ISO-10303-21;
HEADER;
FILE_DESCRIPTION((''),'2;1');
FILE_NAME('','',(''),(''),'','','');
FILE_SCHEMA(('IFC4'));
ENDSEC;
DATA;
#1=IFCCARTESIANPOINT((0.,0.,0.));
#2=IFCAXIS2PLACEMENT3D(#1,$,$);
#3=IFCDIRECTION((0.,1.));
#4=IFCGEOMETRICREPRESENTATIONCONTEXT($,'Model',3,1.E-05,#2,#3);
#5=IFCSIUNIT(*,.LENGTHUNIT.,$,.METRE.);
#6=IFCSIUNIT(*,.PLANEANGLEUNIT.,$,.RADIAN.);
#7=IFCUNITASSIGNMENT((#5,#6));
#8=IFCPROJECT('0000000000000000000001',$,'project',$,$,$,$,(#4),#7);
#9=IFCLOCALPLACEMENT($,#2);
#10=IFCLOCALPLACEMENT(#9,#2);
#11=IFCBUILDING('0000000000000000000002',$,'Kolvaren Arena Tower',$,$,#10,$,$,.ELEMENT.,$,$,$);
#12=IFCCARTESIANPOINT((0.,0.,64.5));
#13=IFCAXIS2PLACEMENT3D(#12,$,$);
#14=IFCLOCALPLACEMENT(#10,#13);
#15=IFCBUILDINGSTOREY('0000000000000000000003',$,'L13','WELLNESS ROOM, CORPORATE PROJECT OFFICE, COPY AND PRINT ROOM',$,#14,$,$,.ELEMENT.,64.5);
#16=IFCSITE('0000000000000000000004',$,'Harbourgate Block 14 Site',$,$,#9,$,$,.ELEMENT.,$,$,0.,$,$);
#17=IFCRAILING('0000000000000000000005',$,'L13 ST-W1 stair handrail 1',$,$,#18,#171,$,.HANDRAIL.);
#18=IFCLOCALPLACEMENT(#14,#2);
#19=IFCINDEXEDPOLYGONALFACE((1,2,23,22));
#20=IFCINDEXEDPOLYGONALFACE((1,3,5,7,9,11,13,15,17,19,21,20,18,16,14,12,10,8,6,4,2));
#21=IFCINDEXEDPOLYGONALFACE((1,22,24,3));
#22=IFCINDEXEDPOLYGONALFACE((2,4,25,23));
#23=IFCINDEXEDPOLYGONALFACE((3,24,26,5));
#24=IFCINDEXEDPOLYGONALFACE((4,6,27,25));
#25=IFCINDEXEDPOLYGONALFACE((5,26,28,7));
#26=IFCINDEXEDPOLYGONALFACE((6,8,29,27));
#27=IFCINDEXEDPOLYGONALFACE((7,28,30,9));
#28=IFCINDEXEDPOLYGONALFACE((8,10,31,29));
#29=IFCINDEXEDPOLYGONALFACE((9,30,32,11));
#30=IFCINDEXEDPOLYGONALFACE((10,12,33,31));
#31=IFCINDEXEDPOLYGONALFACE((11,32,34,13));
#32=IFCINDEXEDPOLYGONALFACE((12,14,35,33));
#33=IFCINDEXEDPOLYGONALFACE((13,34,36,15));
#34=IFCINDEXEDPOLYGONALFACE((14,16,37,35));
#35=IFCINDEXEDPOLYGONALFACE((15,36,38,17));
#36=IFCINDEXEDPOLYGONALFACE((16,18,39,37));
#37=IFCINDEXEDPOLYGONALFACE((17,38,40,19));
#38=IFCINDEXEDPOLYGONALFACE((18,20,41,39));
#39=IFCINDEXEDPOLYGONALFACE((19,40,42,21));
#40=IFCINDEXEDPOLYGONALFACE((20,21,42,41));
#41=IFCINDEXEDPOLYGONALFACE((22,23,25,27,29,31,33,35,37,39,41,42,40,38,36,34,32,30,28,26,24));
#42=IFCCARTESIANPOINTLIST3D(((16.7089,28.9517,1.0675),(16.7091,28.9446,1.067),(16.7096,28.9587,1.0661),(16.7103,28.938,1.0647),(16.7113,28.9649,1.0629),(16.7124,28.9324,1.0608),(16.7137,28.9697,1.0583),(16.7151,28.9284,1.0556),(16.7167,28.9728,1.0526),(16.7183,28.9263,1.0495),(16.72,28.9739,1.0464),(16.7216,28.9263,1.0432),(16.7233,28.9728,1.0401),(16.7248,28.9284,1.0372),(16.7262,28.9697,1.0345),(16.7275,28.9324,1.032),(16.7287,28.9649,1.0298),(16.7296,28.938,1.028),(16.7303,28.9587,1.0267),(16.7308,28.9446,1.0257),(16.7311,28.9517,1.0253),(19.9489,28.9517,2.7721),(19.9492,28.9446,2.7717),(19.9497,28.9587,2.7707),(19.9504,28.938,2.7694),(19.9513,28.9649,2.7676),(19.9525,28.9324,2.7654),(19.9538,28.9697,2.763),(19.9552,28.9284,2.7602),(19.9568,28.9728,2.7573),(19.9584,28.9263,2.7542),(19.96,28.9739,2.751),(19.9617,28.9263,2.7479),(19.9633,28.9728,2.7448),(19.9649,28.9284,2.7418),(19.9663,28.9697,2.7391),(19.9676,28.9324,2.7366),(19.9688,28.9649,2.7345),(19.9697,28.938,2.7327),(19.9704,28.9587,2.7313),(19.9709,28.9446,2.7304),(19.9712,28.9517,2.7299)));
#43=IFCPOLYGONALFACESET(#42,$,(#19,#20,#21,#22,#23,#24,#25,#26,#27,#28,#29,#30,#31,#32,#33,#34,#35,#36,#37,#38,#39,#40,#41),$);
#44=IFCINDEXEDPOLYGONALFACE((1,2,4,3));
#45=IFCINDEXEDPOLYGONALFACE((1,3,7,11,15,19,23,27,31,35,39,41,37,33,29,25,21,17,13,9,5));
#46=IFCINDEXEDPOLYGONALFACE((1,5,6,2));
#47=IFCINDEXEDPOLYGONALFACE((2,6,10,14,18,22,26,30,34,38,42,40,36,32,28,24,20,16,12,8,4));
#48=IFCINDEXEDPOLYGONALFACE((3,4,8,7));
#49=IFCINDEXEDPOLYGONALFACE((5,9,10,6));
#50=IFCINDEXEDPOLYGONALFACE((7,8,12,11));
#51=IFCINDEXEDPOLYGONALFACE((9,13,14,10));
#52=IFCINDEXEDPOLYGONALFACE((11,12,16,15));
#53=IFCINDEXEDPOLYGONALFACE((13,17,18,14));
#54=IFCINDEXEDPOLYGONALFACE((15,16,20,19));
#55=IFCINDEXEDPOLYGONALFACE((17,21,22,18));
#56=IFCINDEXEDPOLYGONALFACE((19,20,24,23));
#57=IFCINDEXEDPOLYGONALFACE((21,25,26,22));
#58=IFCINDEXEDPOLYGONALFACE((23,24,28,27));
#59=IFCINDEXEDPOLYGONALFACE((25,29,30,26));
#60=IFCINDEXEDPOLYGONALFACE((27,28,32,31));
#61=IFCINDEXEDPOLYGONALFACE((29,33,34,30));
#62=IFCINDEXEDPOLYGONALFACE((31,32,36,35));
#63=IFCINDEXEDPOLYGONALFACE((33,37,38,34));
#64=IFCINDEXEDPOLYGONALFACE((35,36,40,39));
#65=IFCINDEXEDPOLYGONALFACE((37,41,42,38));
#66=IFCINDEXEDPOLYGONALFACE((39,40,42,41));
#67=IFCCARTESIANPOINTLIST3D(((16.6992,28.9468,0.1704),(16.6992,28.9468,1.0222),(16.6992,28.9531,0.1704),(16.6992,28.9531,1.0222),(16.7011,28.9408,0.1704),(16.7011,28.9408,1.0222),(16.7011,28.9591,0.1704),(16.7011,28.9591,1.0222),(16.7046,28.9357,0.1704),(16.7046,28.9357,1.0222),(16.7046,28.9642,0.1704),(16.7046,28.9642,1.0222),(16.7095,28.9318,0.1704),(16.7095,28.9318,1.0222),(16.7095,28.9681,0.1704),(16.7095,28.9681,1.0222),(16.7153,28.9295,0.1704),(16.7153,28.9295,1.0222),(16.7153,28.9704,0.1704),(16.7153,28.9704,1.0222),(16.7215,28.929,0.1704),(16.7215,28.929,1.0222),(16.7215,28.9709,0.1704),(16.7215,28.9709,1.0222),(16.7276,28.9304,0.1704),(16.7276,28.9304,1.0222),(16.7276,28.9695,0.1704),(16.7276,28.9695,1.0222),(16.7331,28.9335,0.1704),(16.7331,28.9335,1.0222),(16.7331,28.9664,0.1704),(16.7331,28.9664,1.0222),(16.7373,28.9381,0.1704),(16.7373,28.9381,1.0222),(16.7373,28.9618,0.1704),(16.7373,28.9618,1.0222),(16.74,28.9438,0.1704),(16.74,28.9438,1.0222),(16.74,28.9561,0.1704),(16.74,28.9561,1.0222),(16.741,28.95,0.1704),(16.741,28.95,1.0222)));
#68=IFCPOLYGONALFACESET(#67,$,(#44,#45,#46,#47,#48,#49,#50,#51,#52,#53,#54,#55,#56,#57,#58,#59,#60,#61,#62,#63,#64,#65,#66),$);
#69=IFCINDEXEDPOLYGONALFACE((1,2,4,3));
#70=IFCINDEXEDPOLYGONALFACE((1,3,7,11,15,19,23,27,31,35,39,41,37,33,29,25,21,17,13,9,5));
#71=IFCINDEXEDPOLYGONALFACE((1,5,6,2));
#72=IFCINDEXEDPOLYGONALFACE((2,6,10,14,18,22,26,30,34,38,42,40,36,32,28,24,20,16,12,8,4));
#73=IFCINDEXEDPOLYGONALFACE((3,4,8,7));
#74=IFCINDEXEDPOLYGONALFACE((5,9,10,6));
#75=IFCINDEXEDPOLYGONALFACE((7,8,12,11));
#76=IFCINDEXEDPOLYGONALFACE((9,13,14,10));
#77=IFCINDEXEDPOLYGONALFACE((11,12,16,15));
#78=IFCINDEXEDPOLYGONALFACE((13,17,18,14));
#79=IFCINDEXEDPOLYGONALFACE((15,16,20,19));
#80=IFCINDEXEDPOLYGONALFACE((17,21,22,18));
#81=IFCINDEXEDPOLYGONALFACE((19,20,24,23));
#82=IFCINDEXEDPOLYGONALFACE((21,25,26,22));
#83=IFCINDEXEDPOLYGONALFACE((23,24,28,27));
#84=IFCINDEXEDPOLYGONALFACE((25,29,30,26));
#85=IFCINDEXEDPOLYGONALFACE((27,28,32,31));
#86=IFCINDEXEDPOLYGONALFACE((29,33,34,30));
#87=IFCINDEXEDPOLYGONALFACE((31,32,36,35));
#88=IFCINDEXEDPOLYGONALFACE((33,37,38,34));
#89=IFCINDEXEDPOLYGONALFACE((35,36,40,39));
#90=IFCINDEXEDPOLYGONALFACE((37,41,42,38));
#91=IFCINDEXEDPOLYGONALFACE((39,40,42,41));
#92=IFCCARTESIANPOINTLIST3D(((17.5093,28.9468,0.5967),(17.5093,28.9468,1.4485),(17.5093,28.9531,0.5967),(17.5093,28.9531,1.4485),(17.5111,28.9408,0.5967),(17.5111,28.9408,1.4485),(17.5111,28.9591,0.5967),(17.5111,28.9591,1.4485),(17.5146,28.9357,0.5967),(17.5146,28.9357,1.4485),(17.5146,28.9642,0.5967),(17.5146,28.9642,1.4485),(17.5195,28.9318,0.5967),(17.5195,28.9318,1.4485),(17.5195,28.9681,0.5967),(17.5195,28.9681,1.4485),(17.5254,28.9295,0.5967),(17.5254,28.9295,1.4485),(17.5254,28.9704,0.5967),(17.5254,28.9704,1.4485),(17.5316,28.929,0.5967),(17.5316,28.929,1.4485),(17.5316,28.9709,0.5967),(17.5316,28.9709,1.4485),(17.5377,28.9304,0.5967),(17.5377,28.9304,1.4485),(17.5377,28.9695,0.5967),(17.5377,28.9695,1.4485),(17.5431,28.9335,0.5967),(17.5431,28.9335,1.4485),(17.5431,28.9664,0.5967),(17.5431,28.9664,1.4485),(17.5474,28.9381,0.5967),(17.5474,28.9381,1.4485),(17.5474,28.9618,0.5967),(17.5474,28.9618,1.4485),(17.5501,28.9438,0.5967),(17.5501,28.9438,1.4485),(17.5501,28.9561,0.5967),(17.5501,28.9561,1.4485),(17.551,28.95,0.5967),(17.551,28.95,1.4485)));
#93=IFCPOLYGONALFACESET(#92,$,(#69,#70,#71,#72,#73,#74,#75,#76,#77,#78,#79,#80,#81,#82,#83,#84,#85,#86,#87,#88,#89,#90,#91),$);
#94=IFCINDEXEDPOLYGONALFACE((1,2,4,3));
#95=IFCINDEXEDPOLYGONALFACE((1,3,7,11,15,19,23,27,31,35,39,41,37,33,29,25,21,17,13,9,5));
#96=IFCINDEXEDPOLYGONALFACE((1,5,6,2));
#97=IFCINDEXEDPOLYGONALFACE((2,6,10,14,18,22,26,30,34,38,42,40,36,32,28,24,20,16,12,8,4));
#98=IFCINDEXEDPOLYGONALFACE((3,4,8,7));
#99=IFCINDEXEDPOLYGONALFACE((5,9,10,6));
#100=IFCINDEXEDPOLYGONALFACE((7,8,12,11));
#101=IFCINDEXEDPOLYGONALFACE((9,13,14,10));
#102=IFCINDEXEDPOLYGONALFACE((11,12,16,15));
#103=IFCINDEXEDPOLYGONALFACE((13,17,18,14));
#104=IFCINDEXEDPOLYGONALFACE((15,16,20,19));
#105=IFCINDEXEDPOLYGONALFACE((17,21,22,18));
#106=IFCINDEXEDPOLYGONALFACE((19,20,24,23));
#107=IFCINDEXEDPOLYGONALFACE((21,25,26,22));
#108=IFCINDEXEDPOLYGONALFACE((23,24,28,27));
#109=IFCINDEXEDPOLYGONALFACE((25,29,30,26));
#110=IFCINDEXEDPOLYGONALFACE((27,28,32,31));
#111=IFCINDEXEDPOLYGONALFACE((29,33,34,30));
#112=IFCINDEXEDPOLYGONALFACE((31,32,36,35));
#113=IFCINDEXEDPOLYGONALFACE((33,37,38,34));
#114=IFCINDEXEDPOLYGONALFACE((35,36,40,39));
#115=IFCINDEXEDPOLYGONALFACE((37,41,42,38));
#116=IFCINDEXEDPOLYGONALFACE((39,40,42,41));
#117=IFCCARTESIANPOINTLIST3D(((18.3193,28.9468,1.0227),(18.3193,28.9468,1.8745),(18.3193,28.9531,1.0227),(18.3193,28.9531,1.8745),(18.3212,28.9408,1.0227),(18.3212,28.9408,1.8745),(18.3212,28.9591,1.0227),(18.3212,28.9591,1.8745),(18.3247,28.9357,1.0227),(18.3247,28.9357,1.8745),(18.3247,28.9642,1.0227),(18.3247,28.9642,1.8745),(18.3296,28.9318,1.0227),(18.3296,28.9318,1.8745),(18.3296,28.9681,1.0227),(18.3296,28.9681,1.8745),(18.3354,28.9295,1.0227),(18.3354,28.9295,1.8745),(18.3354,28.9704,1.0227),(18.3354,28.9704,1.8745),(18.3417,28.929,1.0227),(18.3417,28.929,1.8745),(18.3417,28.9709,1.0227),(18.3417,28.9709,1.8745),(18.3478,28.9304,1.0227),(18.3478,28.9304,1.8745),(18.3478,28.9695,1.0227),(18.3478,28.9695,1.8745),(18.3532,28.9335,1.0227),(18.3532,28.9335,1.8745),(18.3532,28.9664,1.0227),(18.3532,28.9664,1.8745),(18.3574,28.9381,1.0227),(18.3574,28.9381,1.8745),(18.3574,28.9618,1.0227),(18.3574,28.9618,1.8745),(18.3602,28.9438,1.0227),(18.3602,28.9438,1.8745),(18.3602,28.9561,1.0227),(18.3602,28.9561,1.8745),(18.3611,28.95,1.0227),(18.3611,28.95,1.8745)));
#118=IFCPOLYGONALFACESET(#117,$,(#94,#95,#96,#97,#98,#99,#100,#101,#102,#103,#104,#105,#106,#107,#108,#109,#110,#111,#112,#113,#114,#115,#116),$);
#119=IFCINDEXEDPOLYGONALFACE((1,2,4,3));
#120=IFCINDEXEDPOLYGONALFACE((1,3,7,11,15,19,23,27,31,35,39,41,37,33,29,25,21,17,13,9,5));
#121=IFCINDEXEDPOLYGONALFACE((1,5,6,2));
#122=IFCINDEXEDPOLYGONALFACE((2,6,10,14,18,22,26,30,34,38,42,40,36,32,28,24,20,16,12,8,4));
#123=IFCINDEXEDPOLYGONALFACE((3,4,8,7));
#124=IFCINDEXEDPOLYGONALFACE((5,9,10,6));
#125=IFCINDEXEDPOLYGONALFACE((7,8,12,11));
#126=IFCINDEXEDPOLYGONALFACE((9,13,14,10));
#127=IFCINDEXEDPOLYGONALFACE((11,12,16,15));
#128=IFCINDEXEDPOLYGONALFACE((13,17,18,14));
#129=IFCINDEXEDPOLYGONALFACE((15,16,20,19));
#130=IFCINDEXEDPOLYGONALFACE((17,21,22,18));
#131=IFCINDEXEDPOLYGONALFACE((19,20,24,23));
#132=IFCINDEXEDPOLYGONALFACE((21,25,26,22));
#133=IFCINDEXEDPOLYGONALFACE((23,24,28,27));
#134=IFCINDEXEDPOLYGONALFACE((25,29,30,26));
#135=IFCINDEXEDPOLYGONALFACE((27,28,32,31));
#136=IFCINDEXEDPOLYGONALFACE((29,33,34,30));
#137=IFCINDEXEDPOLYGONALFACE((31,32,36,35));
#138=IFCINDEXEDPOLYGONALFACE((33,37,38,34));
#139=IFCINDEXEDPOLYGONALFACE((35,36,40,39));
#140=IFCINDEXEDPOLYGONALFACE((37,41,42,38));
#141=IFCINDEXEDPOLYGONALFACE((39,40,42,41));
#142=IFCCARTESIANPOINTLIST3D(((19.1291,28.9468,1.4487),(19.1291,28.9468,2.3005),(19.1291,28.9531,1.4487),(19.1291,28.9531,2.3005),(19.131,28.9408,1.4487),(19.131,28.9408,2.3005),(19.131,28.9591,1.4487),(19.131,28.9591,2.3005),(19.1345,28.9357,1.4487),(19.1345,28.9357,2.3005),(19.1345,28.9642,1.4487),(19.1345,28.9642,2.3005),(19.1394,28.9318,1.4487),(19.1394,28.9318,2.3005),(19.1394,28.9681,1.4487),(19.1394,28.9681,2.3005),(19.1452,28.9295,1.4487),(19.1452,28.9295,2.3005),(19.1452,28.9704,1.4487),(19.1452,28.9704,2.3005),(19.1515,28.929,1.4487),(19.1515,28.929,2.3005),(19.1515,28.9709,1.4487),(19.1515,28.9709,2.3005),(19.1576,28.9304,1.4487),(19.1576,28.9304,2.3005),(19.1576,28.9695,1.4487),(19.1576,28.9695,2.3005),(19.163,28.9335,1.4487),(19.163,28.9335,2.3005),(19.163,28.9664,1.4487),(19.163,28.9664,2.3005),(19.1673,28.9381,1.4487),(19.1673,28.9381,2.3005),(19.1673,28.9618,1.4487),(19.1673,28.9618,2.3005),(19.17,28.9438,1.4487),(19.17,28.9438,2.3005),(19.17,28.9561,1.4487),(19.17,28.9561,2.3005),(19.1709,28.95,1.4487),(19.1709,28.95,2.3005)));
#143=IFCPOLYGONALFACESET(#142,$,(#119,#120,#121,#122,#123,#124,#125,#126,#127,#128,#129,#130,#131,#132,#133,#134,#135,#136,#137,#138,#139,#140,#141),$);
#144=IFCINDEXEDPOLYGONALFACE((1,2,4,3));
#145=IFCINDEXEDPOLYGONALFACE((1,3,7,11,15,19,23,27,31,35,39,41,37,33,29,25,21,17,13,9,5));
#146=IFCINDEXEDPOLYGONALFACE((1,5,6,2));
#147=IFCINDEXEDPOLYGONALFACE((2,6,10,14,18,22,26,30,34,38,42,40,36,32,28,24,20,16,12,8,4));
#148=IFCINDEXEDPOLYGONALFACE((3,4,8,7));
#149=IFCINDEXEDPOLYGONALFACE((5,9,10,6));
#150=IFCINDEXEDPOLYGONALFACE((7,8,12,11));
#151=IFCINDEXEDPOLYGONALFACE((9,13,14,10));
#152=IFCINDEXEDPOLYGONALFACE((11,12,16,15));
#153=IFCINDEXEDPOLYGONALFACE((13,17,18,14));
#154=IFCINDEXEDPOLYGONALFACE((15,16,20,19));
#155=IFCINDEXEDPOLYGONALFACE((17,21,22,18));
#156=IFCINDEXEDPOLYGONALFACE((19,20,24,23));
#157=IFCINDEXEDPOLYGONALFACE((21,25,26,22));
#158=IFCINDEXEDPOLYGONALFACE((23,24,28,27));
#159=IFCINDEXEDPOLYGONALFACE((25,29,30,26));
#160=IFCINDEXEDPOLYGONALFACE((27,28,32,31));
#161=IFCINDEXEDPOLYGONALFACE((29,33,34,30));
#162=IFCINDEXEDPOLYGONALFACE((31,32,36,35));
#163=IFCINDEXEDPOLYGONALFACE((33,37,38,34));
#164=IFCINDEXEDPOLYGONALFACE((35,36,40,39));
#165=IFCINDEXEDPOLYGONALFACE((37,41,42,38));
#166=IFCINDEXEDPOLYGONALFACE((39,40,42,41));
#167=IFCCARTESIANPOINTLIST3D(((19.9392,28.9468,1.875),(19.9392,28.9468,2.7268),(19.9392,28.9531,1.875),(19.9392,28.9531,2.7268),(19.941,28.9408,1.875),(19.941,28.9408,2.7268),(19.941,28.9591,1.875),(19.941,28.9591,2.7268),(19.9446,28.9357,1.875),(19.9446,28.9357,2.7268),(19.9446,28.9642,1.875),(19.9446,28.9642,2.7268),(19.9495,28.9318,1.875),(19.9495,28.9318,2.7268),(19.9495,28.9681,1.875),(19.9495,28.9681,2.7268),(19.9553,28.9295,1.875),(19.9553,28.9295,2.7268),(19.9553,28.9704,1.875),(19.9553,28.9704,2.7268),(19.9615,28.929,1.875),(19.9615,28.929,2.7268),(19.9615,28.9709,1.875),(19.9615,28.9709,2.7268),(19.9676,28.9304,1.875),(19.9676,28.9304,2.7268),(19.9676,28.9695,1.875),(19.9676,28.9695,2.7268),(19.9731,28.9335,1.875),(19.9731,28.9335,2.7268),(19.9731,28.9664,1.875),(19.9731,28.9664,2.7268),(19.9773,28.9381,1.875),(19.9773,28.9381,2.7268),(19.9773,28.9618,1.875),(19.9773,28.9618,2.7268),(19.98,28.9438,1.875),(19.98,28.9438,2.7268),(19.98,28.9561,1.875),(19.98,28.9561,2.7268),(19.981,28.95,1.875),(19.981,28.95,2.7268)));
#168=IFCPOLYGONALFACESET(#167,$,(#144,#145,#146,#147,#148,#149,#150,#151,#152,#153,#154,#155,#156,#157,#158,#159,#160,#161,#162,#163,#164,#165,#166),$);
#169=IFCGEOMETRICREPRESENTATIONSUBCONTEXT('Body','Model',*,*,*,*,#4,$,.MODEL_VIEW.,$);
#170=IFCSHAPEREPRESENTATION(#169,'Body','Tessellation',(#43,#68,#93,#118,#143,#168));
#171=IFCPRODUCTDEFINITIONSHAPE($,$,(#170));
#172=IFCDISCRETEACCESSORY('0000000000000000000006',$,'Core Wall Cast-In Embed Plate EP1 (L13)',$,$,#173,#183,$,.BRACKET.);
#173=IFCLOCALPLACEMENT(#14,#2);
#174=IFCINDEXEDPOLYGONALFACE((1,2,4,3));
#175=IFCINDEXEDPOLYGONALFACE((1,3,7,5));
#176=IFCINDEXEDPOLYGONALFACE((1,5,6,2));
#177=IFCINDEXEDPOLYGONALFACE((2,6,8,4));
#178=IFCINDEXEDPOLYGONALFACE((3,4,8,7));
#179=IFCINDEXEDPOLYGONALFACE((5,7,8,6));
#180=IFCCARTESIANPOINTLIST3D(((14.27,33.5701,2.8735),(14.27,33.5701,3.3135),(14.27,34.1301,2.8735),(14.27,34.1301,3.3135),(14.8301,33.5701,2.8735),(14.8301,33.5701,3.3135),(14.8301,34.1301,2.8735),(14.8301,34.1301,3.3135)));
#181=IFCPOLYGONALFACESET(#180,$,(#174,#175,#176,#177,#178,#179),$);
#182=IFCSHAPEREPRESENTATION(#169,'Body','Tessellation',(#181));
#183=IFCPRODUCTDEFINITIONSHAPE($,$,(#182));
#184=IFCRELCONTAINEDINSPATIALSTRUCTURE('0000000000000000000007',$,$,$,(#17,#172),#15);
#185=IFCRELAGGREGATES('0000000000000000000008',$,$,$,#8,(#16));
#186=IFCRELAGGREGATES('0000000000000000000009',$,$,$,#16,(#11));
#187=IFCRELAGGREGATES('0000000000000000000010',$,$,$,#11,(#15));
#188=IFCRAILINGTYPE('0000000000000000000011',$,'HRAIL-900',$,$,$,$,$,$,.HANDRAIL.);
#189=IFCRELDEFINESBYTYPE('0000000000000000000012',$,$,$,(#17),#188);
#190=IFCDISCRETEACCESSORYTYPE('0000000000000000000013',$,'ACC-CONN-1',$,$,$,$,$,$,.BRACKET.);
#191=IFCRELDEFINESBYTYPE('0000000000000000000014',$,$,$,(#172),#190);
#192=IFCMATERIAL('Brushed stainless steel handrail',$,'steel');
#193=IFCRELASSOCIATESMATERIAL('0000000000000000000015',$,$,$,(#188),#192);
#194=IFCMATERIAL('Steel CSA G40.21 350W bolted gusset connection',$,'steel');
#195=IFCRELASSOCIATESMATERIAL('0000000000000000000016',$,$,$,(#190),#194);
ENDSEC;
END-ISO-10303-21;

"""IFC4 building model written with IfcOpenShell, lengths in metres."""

from ifc_helpers import new_model, si_unit, direction, frame, origin, origin_2d, place, context, subcontext, project, spatial, rectangle, circle, extrude, material, type_object, element, save


model = new_model("IFC4")

# Units and contexts
model_context = context("Model", 3, precision=1e-05, world=origin(), true_north=direction((0.0, 1.0)))
body_context = subcontext(model_context, "Body", "Model", "MODEL_VIEW")
ifc_project = project(units=[si_unit("LENGTHUNIT", "METRE"), si_unit("PLANEANGLEUNIT", "RADIAN")], contexts=[model_context])

# Site, building, storey
site_placement = place(None, origin())
site = spatial("IfcSite", under=ifc_project, at=site_placement, Name="Harbourgate Block 14 Site", CompositionType="ELEMENT", RefElevation=0.0)
building_placement = place(site_placement, origin())
building = spatial("IfcBuilding", under=site, at=building_placement, Name="Kolvaren Arena Tower", CompositionType="ELEMENT")
storey_placement = place(building_placement, frame((0.0, 0.0, 64.5)))
storey = spatial("IfcBuildingStorey", under=building, at=storey_placement, Name="L13", Description="WELLNESS ROOM, CORPORATE PROJECT OFFICE, COPY AND PRINT ROOM", CompositionType="ELEMENT", Elevation=64.5)

# Railing
ifc_material_1 = material(Name="Brushed stainless steel handrail", Category="steel")
railing_type_1 = type_object("IfcRailingType", Name="HRAIL-900", PredefinedType="HANDRAIL", material=ifc_material_1)
railing_1_placement = place(storey_placement, frame((16.72, 28.95, 0.1704)))
element("IfcRailing", 1, at=railing_1_placement, inside=storey, type_object=railing_type_1, Name="L13 ST-W1 stair handrail 1", PredefinedType="HANDRAIL", context=body_context, shape_type="SweptSolid", body=[
    extrude(circle(Radius=0.0239, at=origin_2d()), frame((0.0, 0.0, 0.876), z_axis=(0.884993, 0.0, 0.465604), x_axis=(0.0, 1.0, 0.0)), (0.0, 0.0, 1.0), 3.6611),
    extrude(circle(Radius=0.021, at=origin_2d()), origin(), (0.0, 0.0, 1.0), 0.8518),
    extrude(circle(Radius=0.021, at=origin_2d()), frame((0.8101, 0.0, 0.4263)), (0.0, 0.0, 1.0), 0.8518),
    extrude(circle(Radius=0.021, at=origin_2d()), frame((1.6201, 0.0, 0.8523)), (0.0, 0.0, 1.0), 0.8518),
    extrude(circle(Radius=0.021, at=origin_2d()), frame((2.4299, 0.0, 1.2783)), (0.0, 0.0, 1.0), 0.8518),
    extrude(circle(Radius=0.021, at=origin_2d()), frame((3.24, 0.0, 1.7046)), (0.0, 0.0, 1.0), 0.8518),
])

# Discrete accessory
ifc_material_2 = material(Name="Steel CSA G40.21 350W bolted gusset connection", Category="steel")
discrete_accessory_type = type_object("IfcDiscreteAccessoryType", Name="ACC-CONN-1", PredefinedType="BRACKET", material=ifc_material_2)
discrete_accessory_placement = place(storey_placement, frame((14.55, 33.8501, 2.8735), z_axis=(0.0, 0.0, 1.0), x_axis=(1.0, 0.0, 0.0)))
element("IfcDiscreteAccessory", 2, at=discrete_accessory_placement, inside=storey, type_object=discrete_accessory_type, Name="Core Wall Cast-In Embed Plate EP1 (L13)", PredefinedType="BRACKET", context=body_context, shape_type="SweptSolid", body=[
    extrude(rectangle(XDim=0.5601, YDim=0.5601, at=origin_2d()), origin(), (0.0, 0.0, 1.0), 0.4399),
])

save(model, "model.ifc")
